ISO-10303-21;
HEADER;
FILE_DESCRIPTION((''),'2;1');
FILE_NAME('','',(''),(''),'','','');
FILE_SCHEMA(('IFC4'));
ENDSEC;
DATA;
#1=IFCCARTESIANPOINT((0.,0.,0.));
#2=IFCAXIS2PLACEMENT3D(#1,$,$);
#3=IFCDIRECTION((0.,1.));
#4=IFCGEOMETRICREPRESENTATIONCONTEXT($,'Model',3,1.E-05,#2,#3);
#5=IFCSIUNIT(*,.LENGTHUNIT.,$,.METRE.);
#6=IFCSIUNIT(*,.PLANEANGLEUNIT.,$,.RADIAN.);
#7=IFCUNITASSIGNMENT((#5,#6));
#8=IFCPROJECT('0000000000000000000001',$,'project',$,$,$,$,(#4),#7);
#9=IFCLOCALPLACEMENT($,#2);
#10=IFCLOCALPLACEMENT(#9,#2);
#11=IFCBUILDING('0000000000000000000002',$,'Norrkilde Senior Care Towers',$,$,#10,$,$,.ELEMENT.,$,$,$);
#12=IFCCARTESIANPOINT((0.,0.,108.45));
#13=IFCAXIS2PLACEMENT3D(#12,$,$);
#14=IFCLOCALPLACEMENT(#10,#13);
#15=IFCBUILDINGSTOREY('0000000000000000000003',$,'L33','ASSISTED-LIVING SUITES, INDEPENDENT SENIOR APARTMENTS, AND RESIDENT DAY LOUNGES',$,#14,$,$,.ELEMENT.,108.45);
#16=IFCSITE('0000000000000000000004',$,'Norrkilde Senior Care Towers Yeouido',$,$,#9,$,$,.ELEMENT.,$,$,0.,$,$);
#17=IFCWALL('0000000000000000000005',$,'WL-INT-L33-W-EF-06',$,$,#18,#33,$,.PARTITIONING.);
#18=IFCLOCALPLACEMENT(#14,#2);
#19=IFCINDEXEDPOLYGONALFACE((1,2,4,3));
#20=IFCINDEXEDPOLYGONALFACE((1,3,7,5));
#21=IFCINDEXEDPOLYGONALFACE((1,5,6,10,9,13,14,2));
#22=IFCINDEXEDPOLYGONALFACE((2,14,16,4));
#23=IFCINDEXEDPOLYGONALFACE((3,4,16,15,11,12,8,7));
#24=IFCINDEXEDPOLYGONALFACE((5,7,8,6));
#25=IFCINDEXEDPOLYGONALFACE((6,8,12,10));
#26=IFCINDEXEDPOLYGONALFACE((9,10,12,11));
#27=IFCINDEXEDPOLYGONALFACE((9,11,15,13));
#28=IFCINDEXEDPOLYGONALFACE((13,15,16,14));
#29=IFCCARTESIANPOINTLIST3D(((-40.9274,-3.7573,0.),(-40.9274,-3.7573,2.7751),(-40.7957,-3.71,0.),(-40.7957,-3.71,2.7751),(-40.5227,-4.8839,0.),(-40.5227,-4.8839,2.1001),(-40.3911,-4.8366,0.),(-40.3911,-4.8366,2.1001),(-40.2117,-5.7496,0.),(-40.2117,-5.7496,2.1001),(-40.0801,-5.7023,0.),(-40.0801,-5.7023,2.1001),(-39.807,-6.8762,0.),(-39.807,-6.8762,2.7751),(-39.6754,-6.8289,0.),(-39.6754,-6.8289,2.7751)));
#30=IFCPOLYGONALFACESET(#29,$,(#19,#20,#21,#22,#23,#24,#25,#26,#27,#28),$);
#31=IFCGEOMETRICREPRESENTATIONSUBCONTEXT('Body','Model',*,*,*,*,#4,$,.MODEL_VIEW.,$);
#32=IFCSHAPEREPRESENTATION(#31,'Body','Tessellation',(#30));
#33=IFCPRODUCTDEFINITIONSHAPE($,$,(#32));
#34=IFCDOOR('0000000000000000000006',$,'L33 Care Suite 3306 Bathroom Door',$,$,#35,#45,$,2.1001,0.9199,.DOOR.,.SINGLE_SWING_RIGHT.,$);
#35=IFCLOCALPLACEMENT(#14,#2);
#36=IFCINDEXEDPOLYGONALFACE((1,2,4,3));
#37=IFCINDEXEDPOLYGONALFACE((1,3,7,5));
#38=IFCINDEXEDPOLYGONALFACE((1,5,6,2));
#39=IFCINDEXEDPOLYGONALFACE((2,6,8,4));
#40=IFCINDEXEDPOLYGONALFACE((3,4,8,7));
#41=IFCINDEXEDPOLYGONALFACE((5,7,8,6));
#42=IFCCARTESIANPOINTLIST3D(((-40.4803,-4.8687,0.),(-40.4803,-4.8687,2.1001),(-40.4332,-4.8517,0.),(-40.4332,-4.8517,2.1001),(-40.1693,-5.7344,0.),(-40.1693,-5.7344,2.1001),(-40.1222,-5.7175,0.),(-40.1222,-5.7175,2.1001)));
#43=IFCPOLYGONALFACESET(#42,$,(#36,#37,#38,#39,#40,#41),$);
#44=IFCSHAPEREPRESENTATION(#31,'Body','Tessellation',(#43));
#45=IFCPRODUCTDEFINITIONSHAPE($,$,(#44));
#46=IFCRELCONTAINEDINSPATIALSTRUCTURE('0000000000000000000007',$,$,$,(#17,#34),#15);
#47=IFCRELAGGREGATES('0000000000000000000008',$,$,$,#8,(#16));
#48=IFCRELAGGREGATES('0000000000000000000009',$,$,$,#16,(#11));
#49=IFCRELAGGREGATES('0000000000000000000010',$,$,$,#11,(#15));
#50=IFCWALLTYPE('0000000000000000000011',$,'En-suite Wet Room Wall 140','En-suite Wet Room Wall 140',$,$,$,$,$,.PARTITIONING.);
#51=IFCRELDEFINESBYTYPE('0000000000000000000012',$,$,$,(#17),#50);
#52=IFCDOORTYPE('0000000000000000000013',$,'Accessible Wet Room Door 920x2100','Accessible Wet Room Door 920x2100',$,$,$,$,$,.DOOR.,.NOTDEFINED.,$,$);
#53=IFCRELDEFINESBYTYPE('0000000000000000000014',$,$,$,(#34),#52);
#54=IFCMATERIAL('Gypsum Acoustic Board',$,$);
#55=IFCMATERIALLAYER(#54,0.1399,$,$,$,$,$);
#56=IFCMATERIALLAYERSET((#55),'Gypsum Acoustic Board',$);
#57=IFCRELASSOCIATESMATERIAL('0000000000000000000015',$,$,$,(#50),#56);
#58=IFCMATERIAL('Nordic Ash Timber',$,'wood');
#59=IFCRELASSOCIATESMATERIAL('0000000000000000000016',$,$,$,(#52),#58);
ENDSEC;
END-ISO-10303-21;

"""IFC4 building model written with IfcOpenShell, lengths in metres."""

from ifc_helpers import new_model, si_unit, direction, frame, frame_2d, origin, place, context, subcontext, project, spatial, rectangle, extrude, source, transform, mapped, material, layer, layer_set, type_object, type_shapes, element, fill, save


model = new_model("IFC4")

# Units and contexts
model_context = context("Model", 3, precision=1e-05, world=origin(), true_north=direction((0.0, 1.0)))
body_context = subcontext(model_context, "Body", "Model", "MODEL_VIEW")
ifc_project = project(units=[si_unit("LENGTHUNIT", "METRE"), si_unit("PLANEANGLEUNIT", "RADIAN")], contexts=[model_context])

# Site, building, storey
site_placement = place(None, origin())
site = spatial("IfcSite", under=ifc_project, at=site_placement, Name="Norrkilde Senior Care Towers Yeouido", CompositionType="ELEMENT", RefElevation=0.0)
building_placement = place(site_placement, origin())
building = spatial("IfcBuilding", under=site, at=building_placement, Name="Norrkilde Senior Care Towers", CompositionType="ELEMENT")
storey_placement = place(building_placement, frame((0.0, 0.0, 108.45)))
storey = spatial("IfcBuildingStorey", under=building, at=storey_placement, Name="L33", Description="ASSISTED-LIVING SUITES, INDEPENDENT SENIOR APARTMENTS, AND RESIDENT DAY LOUNGES", CompositionType="ELEMENT", Elevation=108.45)

# Shared definitions
ifc_material_1 = material(Name="Gypsum Acoustic Board")
ifc_material_2 = material(Name="Nordic Ash Timber", Category="wood")

# Shared definitions
ifc_layer_1 = layer(ifc_material_1, 0.1399)
ifc_layer_set_1 = layer_set([ifc_layer_1], Name="Gypsum Acoustic Board")
wall_type_1 = type_object("IfcWallType", Name="En-suite Wet Room Wall 140", Description="En-suite Wet Room Wall 140", PredefinedType="PARTITIONING", material=ifc_layer_set_1)

# Wall, opening, door
shared_shape_1 = source(origin(), body_context, "Body", "SweptSolid", [
    extrude(rectangle(XDim=3.314, YDim=0.1399, at=frame_2d((1.657, 0.0))), origin(), (0.0, 0.0, 1.0), 2.7751),
])
wall_1_placement = place(storey_placement, frame((-39.7412, -6.8525, 0.0), z_axis=(0.0, 0.0, 1.0), x_axis=(-0.338067, 0.941122, 0.0)))
wall_1 = element("IfcWall", 1, at=wall_1_placement, inside=storey, type_object=wall_type_1, Name="WL-INT-L33-W-EF-06", PredefinedType="PARTITIONING", context=body_context, shape_type="MappedRepresentation", body=[
    mapped(shared_shape_1, transform((0.0, 0.0, 0.0), x_axis=(1.0, 0.0, 0.0), y_axis=(0.0, 1.0, 0.0), z_axis=(0.0, 0.0, 1.0), scale=1.0)),
])
opening_1_placement = place(wall_1_placement, frame((1.197, 0.0, 0.0)))
opening_1 = element("IfcOpeningElement", 2, at=opening_1_placement, cuts=wall_1, PredefinedType="OPENING", context=body_context, shape_type="SweptSolid", body=[
    extrude(rectangle(XDim=0.9199, YDim=2.1001, at=frame_2d((0.46, 1.05))), frame((0.0, 0.0798, 0.0), z_axis=(0.0, -1.0, 0.0), x_axis=(1.0, 0.0, 0.0)), (0.0, 0.0, 1.0), 0.1599),
])
door_type_1 = type_object("IfcDoorType", Name="Accessible Wet Room Door 920x2100", Description="Accessible Wet Room Door 920x2100", OperationType="NOTDEFINED", PredefinedType="DOOR", material=ifc_material_2)
shared_shape_2 = source(origin(), body_context, "Body", "SweptSolid", [
    extrude(rectangle(XDim=0.9199, YDim=2.1001, at=frame_2d((0.46, 1.05))), frame((0.0, 0.0249, 0.0), z_axis=(0.0, -1.0, 0.0), x_axis=(1.0, 0.0, 0.0)), (0.0, 0.0, 1.0), 0.05),
])
type_shapes(door_type_1, [shared_shape_2])
door_1_placement = place(opening_1_placement, origin())
door_1 = element("IfcDoor", 3, at=door_1_placement, inside=storey, type_object=door_type_1, Name="L33 Care Suite 3306 Bathroom Door", OperationType="SINGLE_SWING_RIGHT", OverallHeight=2.1001, OverallWidth=0.9199, PredefinedType="DOOR", context=body_context, shape_type="MappedRepresentation", body=[
    mapped(shared_shape_2, transform((0.0, 0.0, 0.0), x_axis=(1.0, 0.0, 0.0), y_axis=(0.0, 1.0, 0.0), z_axis=(0.0, 0.0, 1.0), scale=1.0)),
])
fill(opening_1, door_1)

save(model, "model.ifc")
